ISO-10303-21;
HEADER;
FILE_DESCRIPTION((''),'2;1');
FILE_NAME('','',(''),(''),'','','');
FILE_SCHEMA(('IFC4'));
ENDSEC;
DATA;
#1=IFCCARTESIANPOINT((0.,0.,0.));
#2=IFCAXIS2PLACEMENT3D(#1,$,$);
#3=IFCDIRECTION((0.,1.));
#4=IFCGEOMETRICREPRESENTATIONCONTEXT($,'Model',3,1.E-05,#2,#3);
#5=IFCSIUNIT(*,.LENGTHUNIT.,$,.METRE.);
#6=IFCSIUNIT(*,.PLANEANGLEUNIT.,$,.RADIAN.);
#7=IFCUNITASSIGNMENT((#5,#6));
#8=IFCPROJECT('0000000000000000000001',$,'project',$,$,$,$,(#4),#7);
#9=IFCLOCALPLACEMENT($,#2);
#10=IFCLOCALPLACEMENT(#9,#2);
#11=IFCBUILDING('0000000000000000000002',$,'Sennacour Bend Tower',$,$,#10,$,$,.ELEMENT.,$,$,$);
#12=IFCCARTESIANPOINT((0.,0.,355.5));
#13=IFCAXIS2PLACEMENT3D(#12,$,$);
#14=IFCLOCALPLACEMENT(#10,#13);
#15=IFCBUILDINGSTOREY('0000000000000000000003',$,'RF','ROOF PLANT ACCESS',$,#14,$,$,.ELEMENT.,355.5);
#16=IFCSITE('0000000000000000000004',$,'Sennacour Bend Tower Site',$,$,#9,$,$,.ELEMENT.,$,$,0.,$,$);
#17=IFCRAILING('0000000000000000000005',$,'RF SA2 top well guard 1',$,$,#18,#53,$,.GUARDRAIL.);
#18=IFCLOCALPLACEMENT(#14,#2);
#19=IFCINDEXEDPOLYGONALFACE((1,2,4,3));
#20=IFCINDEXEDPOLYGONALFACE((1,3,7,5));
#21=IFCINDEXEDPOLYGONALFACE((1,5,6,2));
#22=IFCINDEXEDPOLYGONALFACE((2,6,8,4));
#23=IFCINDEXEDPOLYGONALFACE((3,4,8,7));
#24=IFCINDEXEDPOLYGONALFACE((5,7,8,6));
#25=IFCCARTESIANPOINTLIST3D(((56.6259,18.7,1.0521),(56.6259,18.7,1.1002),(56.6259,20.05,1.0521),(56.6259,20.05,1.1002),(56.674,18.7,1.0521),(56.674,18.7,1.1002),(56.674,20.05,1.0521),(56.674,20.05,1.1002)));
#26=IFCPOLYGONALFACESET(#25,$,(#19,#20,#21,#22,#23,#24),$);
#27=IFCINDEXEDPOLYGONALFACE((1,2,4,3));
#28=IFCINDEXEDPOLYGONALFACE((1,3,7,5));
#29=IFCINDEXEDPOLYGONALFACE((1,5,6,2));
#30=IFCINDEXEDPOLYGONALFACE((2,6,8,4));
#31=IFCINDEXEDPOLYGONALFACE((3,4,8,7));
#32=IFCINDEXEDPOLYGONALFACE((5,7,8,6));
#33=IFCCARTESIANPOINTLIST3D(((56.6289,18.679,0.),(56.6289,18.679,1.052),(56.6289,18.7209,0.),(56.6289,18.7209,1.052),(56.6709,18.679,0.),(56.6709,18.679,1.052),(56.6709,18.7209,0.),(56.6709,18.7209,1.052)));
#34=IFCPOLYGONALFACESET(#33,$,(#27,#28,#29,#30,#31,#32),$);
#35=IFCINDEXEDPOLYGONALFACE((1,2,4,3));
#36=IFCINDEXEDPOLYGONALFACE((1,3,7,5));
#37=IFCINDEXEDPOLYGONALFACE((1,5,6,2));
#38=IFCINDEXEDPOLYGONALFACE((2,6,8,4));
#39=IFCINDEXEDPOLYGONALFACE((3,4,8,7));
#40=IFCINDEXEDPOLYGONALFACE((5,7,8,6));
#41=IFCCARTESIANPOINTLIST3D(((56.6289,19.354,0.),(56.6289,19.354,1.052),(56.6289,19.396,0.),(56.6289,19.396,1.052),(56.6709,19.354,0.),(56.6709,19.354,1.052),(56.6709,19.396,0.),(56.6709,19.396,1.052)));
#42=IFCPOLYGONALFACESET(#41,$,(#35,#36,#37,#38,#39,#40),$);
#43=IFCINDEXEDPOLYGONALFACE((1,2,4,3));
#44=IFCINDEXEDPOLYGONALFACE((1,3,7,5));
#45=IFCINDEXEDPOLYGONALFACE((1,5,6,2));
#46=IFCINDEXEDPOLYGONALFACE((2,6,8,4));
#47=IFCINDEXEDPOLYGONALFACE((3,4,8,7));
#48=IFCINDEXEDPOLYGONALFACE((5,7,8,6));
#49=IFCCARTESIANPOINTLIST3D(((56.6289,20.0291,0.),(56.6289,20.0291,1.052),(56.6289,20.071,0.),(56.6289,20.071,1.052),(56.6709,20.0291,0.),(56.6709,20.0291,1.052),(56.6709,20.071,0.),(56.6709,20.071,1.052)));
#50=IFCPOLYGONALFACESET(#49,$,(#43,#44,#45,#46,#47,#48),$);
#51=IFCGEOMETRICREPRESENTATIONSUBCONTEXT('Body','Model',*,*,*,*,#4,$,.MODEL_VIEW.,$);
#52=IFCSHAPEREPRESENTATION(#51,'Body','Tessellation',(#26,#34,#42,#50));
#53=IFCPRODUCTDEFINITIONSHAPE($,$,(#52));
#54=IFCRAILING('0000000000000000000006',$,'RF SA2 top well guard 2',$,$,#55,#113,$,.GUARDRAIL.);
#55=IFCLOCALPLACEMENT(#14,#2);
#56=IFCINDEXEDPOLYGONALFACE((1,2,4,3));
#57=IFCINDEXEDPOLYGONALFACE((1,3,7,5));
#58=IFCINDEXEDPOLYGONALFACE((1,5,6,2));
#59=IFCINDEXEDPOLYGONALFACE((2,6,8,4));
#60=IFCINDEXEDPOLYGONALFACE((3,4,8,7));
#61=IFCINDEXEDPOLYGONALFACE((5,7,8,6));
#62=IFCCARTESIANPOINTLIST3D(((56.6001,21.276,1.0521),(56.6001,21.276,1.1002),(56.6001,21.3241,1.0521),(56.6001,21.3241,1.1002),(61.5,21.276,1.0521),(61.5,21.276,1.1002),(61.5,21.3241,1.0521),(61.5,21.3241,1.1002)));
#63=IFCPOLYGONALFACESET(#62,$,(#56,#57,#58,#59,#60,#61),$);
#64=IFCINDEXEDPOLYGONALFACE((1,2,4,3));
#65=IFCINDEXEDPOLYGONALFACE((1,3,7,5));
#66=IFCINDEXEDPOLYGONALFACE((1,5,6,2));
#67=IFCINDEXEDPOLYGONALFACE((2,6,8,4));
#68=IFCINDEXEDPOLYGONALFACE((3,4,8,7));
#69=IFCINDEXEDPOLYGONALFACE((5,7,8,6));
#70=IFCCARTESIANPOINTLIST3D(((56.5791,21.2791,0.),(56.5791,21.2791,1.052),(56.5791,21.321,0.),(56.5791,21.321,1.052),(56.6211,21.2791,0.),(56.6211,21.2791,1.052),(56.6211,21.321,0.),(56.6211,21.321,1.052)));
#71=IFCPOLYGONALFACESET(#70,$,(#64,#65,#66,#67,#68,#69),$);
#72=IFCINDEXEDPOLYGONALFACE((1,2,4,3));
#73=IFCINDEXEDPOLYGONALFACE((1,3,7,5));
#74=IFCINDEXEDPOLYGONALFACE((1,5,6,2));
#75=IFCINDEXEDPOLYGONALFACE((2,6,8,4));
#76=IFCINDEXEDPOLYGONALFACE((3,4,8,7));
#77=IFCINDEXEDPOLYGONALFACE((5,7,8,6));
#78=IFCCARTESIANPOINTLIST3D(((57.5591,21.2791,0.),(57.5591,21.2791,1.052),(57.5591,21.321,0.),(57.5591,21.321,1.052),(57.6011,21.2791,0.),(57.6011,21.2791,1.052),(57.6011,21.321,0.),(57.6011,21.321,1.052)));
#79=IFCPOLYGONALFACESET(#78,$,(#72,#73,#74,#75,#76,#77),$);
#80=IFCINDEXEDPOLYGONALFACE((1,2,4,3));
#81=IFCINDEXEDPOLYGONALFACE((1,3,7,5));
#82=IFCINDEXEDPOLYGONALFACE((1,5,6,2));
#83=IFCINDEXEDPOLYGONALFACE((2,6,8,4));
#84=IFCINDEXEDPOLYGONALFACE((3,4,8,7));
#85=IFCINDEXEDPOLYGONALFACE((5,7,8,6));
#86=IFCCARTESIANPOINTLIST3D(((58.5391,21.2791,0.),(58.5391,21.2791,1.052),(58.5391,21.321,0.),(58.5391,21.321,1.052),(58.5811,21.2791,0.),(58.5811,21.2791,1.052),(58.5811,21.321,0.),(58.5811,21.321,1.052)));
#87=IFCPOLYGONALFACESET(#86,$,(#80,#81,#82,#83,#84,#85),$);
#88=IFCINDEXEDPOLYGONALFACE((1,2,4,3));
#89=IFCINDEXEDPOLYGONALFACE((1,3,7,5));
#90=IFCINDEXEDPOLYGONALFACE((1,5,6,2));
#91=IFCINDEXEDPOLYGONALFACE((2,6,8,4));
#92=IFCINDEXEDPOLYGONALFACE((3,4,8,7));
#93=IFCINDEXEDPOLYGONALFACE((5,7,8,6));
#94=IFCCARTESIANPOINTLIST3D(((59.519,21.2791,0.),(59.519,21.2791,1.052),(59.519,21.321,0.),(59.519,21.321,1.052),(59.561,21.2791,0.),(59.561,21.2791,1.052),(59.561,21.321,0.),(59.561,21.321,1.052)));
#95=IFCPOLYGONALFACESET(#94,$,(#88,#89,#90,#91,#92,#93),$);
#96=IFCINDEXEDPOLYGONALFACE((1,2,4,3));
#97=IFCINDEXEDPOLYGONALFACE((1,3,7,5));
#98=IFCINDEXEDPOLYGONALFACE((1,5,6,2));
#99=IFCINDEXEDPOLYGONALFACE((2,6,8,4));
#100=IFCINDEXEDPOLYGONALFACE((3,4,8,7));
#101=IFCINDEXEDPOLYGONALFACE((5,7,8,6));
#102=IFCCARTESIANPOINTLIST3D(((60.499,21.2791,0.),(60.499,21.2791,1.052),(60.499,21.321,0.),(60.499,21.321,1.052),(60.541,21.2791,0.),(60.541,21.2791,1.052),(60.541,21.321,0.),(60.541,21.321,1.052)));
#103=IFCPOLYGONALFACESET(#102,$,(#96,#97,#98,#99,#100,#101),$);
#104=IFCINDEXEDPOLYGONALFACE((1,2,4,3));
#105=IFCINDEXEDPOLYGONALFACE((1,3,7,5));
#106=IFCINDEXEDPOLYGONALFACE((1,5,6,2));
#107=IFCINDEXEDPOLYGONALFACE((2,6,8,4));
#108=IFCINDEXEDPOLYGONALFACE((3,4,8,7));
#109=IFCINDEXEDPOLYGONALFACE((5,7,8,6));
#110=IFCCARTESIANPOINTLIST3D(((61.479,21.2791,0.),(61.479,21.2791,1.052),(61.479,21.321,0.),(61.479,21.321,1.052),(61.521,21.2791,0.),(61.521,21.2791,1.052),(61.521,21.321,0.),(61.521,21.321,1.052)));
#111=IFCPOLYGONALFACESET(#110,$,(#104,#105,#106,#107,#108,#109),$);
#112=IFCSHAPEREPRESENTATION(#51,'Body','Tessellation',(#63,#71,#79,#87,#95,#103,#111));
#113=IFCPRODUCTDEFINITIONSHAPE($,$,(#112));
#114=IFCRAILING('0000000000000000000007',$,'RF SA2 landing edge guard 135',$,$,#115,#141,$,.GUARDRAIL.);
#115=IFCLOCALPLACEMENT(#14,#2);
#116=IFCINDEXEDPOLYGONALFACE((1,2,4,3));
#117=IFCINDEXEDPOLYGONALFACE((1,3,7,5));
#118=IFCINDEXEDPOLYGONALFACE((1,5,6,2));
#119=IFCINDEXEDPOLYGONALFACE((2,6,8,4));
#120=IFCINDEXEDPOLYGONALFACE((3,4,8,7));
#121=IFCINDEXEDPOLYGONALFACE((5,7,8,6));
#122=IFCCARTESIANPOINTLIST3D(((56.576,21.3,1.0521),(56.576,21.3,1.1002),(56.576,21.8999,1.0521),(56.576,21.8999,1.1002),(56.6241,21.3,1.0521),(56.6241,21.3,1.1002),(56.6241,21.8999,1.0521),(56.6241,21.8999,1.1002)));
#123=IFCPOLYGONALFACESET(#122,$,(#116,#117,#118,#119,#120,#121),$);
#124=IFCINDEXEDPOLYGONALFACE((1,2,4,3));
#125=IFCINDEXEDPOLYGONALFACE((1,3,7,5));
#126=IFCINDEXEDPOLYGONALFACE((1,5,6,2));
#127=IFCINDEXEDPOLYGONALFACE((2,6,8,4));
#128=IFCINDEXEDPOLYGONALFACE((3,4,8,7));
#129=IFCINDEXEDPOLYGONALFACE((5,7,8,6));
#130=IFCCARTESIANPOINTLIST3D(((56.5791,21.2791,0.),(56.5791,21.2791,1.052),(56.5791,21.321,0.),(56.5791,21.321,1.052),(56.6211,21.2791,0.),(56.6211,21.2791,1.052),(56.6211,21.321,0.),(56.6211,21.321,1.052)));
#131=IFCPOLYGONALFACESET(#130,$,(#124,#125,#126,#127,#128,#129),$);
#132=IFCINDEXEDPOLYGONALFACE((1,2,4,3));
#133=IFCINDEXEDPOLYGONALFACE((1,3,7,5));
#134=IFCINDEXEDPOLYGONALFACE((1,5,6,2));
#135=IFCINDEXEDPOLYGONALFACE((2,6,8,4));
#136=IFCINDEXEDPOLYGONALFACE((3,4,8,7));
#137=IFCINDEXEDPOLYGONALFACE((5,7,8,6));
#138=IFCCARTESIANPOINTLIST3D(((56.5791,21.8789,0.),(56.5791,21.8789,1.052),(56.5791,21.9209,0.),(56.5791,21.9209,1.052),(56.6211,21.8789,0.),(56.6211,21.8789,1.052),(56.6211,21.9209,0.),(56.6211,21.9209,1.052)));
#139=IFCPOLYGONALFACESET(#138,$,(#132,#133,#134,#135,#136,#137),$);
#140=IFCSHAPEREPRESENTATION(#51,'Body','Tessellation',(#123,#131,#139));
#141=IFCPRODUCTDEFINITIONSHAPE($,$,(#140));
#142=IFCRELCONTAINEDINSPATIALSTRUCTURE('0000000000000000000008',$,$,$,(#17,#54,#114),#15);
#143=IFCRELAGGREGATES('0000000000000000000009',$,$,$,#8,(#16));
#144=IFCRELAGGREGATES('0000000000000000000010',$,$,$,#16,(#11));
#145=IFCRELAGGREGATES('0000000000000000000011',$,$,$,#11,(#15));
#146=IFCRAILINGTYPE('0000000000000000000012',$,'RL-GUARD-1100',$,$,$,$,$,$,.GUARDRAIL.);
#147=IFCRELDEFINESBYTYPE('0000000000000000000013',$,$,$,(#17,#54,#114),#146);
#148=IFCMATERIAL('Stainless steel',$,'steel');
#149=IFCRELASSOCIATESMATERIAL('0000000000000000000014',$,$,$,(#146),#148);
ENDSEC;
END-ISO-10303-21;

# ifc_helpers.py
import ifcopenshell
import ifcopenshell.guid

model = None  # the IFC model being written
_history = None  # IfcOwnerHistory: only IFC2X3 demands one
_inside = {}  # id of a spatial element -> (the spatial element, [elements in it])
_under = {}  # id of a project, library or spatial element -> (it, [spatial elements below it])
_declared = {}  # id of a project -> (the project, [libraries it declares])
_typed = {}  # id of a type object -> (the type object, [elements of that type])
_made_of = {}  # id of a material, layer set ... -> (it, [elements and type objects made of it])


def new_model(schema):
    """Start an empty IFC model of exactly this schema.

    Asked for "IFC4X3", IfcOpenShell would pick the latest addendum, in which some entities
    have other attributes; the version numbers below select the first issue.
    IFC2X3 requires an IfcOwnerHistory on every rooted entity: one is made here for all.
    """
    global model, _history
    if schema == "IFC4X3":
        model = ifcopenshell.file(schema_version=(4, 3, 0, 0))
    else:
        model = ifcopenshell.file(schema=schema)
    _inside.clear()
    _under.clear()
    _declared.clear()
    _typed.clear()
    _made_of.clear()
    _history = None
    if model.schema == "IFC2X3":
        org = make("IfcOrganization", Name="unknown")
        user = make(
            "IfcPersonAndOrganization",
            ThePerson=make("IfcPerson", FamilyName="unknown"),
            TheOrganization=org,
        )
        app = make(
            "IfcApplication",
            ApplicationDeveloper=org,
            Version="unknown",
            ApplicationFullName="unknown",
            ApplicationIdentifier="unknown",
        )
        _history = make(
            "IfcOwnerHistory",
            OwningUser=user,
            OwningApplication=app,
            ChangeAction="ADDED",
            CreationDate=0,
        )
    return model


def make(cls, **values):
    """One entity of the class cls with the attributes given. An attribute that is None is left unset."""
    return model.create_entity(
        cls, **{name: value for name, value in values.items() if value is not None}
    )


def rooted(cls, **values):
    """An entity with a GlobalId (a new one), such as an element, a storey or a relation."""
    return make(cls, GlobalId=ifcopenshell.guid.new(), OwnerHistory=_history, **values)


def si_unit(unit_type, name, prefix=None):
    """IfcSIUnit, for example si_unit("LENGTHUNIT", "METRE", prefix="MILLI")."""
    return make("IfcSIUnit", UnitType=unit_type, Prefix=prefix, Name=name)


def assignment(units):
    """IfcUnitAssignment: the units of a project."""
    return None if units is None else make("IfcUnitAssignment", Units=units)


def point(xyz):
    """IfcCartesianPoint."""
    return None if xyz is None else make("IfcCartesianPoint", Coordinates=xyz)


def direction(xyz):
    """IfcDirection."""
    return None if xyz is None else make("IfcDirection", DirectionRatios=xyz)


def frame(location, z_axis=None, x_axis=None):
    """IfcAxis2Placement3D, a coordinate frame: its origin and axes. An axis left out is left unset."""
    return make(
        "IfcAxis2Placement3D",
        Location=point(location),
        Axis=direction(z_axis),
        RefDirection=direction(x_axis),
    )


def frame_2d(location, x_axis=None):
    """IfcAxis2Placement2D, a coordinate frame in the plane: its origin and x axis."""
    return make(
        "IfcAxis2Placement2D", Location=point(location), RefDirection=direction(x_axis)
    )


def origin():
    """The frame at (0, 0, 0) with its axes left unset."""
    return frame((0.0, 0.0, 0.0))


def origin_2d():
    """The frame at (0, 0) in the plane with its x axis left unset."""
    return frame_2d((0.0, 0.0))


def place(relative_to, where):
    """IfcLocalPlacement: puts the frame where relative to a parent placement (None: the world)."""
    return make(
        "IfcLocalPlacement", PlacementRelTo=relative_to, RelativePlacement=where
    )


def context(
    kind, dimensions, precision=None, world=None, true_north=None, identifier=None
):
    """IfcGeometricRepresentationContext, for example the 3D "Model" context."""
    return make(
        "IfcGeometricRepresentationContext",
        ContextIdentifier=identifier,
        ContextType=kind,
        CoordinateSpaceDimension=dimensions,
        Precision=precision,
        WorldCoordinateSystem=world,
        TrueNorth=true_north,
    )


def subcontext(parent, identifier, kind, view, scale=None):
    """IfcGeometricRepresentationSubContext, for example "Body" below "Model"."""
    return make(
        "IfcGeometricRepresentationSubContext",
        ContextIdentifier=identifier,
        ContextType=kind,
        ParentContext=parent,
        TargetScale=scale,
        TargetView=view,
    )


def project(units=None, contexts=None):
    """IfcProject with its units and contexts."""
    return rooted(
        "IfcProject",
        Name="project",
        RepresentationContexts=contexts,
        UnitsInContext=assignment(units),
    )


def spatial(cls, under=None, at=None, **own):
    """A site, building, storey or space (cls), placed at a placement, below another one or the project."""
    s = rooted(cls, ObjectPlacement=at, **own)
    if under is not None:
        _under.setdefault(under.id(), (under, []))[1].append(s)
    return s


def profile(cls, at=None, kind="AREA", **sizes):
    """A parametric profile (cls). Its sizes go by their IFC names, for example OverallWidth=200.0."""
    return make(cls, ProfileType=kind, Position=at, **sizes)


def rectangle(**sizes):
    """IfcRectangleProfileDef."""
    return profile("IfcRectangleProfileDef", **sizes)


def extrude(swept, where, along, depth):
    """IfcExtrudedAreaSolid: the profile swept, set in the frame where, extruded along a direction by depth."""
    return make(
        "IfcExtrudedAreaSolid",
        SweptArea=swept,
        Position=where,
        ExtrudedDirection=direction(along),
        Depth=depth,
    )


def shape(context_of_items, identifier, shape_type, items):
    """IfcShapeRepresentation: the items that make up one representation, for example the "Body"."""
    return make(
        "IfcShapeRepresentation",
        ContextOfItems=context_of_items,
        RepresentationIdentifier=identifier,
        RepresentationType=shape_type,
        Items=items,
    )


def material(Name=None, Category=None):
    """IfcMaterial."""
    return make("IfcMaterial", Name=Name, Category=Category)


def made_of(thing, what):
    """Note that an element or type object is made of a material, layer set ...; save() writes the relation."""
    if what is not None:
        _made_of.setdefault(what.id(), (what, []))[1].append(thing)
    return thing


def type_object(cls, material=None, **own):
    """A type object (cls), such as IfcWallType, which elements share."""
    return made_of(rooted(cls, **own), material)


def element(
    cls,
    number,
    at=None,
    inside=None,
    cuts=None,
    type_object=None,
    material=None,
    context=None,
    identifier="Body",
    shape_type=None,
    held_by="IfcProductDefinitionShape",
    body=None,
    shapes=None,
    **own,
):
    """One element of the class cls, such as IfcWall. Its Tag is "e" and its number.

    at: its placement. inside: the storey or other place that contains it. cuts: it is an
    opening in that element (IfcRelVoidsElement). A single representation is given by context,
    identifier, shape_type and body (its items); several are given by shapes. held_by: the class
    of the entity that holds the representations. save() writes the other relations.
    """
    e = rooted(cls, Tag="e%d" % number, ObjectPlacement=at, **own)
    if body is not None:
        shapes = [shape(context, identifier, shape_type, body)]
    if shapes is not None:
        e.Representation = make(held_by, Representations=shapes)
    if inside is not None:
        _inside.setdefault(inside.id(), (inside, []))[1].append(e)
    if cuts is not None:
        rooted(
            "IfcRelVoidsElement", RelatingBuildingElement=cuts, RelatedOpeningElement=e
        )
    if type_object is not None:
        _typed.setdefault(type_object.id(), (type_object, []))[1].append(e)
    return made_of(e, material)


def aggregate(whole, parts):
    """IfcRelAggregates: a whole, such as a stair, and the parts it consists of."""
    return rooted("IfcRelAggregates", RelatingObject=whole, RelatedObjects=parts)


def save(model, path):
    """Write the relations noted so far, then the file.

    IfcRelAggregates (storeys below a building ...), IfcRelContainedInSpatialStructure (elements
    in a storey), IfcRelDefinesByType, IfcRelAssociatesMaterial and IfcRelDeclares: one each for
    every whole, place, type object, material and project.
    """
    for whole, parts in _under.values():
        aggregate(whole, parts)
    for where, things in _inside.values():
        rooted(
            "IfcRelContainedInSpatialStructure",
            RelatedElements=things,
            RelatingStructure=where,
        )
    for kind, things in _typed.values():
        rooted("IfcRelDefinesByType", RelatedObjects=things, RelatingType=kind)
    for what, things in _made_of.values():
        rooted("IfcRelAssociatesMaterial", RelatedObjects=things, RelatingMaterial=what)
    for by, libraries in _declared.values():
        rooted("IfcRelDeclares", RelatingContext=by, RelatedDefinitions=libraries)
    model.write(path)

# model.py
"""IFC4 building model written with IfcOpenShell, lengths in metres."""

from ifc_helpers import new_model, si_unit, direction, frame, origin, origin_2d, place, context, subcontext, project, spatial, rectangle, extrude, material, type_object, element, save


model = new_model("IFC4")

# Units and contexts
model_context = context("Model", 3, precision=1e-05, world=origin(), true_north=direction((0.0, 1.0)))
body_context = subcontext(model_context, "Body", "Model", "MODEL_VIEW")
ifc_project = project(units=[si_unit("LENGTHUNIT", "METRE"), si_unit("PLANEANGLEUNIT", "RADIAN")], contexts=[model_context])

# Site, building, storey
site_placement = place(None, origin())
site = spatial("IfcSite", under=ifc_project, at=site_placement, Name="Sennacour Bend Tower Site", CompositionType="ELEMENT", RefElevation=0.0)
building_placement = place(site_placement, origin())
building = spatial("IfcBuilding", under=site, at=building_placement, Name="Sennacour Bend Tower", CompositionType="ELEMENT")
storey_placement = place(building_placement, frame((0.0, 0.0, 355.5)))
storey = spatial("IfcBuildingStorey", under=building, at=storey_placement, Name="RF", Description="ROOF PLANT ACCESS", CompositionType="ELEMENT", Elevation=355.5)

# Shared definitions
ifc_material_1 = material(Name="Stainless steel", Category="steel")

# Railings
railing_type = type_object("IfcRailingType", Name="RL-GUARD-1100", PredefinedType="GUARDRAIL", material=ifc_material_1)
railing_1_placement = place(storey_placement, frame((56.6499, 18.7, 0.0)))
element("IfcRailing", 1, at=railing_1_placement, inside=storey, type_object=railing_type, Name="RF SA2 top well guard 1", PredefinedType="GUARDRAIL", context=body_context, shape_type="SweptSolid", body=[
    extrude(rectangle(XDim=0.0481, YDim=0.0481, at=origin_2d()), frame((0.0, 0.0, 1.0762), z_axis=(0.0, 1.0, 0.0), x_axis=(-1.0, 0.0, 0.0)), (0.0, 0.0, 1.0), 1.3501),
    extrude(rectangle(XDim=0.042, YDim=0.042, at=origin_2d()), origin(), (0.0, 0.0, 1.0), 1.052),
    extrude(rectangle(XDim=0.042, YDim=0.042, at=origin_2d()), frame((0.0, 0.675, 0.0)), (0.0, 0.0, 1.0), 1.052),
    extrude(rectangle(XDim=0.042, YDim=0.042, at=origin_2d()), frame((0.0, 1.3501, 0.0)), (0.0, 0.0, 1.0), 1.052),
])
railing_2_placement = place(storey_placement, frame((56.6001, 21.3, 0.0)))
element("IfcRailing", 2, at=railing_2_placement, inside=storey, type_object=railing_type, Name="RF SA2 top well guard 2", PredefinedType="GUARDRAIL", context=body_context, shape_type="SweptSolid", body=[
    extrude(rectangle(XDim=0.0481, YDim=0.0481, at=origin_2d()), frame((0.0, 0.0, 1.0762), z_axis=(1.0, 0.0, 0.0), x_axis=(0.0, 1.0, 0.0)), (0.0, 0.0, 1.0), 4.8999),
    extrude(rectangle(XDim=0.042, YDim=0.042, at=origin_2d()), origin(), (0.0, 0.0, 1.0), 1.052),
    extrude(rectangle(XDim=0.042, YDim=0.042, at=origin_2d()), frame((0.98, 0.0, 0.0)), (0.0, 0.0, 1.0), 1.052),
    extrude(rectangle(XDim=0.042, YDim=0.042, at=origin_2d()), frame((1.96, 0.0, 0.0)), (0.0, 0.0, 1.0), 1.052),
    extrude(rectangle(XDim=0.042, YDim=0.042, at=origin_2d()), frame((2.9399, 0.0, 0.0)), (0.0, 0.0, 1.0), 1.052),
    extrude(rectangle(XDim=0.042, YDim=0.042, at=origin_2d()), frame((3.9199, 0.0, 0.0)), (0.0, 0.0, 1.0), 1.052),
    extrude(rectangle(XDim=0.042, YDim=0.042, at=origin_2d()), frame((4.8999, 0.0, 0.0)), (0.0, 0.0, 1.0), 1.052),
])
railing_3_placement = place(storey_placement, frame((56.6001, 21.3, 0.0)))
element("IfcRailing", 3, at=railing_3_placement, inside=storey, type_object=railing_type, Name="RF SA2 landing edge guard 135", PredefinedType="GUARDRAIL", context=body_context, shape_type="SweptSolid", body=[
    extrude(rectangle(XDim=0.0481, YDim=0.0481, at=origin_2d()), frame((0.0, 0.0, 1.0762), z_axis=(0.0, 1.0, 0.0), x_axis=(-1.0, 0.0, 0.0)), (0.0, 0.0, 1.0), 0.5999),
    extrude(rectangle(XDim=0.042, YDim=0.042, at=origin_2d()), origin(), (0.0, 0.0, 1.0), 1.052),
    extrude(rectangle(XDim=0.042, YDim=0.042, at=origin_2d()), frame((0.0, 0.5999, 0.0)), (0.0, 0.0, 1.0), 1.052),
])

save(model, "model.ifc")
